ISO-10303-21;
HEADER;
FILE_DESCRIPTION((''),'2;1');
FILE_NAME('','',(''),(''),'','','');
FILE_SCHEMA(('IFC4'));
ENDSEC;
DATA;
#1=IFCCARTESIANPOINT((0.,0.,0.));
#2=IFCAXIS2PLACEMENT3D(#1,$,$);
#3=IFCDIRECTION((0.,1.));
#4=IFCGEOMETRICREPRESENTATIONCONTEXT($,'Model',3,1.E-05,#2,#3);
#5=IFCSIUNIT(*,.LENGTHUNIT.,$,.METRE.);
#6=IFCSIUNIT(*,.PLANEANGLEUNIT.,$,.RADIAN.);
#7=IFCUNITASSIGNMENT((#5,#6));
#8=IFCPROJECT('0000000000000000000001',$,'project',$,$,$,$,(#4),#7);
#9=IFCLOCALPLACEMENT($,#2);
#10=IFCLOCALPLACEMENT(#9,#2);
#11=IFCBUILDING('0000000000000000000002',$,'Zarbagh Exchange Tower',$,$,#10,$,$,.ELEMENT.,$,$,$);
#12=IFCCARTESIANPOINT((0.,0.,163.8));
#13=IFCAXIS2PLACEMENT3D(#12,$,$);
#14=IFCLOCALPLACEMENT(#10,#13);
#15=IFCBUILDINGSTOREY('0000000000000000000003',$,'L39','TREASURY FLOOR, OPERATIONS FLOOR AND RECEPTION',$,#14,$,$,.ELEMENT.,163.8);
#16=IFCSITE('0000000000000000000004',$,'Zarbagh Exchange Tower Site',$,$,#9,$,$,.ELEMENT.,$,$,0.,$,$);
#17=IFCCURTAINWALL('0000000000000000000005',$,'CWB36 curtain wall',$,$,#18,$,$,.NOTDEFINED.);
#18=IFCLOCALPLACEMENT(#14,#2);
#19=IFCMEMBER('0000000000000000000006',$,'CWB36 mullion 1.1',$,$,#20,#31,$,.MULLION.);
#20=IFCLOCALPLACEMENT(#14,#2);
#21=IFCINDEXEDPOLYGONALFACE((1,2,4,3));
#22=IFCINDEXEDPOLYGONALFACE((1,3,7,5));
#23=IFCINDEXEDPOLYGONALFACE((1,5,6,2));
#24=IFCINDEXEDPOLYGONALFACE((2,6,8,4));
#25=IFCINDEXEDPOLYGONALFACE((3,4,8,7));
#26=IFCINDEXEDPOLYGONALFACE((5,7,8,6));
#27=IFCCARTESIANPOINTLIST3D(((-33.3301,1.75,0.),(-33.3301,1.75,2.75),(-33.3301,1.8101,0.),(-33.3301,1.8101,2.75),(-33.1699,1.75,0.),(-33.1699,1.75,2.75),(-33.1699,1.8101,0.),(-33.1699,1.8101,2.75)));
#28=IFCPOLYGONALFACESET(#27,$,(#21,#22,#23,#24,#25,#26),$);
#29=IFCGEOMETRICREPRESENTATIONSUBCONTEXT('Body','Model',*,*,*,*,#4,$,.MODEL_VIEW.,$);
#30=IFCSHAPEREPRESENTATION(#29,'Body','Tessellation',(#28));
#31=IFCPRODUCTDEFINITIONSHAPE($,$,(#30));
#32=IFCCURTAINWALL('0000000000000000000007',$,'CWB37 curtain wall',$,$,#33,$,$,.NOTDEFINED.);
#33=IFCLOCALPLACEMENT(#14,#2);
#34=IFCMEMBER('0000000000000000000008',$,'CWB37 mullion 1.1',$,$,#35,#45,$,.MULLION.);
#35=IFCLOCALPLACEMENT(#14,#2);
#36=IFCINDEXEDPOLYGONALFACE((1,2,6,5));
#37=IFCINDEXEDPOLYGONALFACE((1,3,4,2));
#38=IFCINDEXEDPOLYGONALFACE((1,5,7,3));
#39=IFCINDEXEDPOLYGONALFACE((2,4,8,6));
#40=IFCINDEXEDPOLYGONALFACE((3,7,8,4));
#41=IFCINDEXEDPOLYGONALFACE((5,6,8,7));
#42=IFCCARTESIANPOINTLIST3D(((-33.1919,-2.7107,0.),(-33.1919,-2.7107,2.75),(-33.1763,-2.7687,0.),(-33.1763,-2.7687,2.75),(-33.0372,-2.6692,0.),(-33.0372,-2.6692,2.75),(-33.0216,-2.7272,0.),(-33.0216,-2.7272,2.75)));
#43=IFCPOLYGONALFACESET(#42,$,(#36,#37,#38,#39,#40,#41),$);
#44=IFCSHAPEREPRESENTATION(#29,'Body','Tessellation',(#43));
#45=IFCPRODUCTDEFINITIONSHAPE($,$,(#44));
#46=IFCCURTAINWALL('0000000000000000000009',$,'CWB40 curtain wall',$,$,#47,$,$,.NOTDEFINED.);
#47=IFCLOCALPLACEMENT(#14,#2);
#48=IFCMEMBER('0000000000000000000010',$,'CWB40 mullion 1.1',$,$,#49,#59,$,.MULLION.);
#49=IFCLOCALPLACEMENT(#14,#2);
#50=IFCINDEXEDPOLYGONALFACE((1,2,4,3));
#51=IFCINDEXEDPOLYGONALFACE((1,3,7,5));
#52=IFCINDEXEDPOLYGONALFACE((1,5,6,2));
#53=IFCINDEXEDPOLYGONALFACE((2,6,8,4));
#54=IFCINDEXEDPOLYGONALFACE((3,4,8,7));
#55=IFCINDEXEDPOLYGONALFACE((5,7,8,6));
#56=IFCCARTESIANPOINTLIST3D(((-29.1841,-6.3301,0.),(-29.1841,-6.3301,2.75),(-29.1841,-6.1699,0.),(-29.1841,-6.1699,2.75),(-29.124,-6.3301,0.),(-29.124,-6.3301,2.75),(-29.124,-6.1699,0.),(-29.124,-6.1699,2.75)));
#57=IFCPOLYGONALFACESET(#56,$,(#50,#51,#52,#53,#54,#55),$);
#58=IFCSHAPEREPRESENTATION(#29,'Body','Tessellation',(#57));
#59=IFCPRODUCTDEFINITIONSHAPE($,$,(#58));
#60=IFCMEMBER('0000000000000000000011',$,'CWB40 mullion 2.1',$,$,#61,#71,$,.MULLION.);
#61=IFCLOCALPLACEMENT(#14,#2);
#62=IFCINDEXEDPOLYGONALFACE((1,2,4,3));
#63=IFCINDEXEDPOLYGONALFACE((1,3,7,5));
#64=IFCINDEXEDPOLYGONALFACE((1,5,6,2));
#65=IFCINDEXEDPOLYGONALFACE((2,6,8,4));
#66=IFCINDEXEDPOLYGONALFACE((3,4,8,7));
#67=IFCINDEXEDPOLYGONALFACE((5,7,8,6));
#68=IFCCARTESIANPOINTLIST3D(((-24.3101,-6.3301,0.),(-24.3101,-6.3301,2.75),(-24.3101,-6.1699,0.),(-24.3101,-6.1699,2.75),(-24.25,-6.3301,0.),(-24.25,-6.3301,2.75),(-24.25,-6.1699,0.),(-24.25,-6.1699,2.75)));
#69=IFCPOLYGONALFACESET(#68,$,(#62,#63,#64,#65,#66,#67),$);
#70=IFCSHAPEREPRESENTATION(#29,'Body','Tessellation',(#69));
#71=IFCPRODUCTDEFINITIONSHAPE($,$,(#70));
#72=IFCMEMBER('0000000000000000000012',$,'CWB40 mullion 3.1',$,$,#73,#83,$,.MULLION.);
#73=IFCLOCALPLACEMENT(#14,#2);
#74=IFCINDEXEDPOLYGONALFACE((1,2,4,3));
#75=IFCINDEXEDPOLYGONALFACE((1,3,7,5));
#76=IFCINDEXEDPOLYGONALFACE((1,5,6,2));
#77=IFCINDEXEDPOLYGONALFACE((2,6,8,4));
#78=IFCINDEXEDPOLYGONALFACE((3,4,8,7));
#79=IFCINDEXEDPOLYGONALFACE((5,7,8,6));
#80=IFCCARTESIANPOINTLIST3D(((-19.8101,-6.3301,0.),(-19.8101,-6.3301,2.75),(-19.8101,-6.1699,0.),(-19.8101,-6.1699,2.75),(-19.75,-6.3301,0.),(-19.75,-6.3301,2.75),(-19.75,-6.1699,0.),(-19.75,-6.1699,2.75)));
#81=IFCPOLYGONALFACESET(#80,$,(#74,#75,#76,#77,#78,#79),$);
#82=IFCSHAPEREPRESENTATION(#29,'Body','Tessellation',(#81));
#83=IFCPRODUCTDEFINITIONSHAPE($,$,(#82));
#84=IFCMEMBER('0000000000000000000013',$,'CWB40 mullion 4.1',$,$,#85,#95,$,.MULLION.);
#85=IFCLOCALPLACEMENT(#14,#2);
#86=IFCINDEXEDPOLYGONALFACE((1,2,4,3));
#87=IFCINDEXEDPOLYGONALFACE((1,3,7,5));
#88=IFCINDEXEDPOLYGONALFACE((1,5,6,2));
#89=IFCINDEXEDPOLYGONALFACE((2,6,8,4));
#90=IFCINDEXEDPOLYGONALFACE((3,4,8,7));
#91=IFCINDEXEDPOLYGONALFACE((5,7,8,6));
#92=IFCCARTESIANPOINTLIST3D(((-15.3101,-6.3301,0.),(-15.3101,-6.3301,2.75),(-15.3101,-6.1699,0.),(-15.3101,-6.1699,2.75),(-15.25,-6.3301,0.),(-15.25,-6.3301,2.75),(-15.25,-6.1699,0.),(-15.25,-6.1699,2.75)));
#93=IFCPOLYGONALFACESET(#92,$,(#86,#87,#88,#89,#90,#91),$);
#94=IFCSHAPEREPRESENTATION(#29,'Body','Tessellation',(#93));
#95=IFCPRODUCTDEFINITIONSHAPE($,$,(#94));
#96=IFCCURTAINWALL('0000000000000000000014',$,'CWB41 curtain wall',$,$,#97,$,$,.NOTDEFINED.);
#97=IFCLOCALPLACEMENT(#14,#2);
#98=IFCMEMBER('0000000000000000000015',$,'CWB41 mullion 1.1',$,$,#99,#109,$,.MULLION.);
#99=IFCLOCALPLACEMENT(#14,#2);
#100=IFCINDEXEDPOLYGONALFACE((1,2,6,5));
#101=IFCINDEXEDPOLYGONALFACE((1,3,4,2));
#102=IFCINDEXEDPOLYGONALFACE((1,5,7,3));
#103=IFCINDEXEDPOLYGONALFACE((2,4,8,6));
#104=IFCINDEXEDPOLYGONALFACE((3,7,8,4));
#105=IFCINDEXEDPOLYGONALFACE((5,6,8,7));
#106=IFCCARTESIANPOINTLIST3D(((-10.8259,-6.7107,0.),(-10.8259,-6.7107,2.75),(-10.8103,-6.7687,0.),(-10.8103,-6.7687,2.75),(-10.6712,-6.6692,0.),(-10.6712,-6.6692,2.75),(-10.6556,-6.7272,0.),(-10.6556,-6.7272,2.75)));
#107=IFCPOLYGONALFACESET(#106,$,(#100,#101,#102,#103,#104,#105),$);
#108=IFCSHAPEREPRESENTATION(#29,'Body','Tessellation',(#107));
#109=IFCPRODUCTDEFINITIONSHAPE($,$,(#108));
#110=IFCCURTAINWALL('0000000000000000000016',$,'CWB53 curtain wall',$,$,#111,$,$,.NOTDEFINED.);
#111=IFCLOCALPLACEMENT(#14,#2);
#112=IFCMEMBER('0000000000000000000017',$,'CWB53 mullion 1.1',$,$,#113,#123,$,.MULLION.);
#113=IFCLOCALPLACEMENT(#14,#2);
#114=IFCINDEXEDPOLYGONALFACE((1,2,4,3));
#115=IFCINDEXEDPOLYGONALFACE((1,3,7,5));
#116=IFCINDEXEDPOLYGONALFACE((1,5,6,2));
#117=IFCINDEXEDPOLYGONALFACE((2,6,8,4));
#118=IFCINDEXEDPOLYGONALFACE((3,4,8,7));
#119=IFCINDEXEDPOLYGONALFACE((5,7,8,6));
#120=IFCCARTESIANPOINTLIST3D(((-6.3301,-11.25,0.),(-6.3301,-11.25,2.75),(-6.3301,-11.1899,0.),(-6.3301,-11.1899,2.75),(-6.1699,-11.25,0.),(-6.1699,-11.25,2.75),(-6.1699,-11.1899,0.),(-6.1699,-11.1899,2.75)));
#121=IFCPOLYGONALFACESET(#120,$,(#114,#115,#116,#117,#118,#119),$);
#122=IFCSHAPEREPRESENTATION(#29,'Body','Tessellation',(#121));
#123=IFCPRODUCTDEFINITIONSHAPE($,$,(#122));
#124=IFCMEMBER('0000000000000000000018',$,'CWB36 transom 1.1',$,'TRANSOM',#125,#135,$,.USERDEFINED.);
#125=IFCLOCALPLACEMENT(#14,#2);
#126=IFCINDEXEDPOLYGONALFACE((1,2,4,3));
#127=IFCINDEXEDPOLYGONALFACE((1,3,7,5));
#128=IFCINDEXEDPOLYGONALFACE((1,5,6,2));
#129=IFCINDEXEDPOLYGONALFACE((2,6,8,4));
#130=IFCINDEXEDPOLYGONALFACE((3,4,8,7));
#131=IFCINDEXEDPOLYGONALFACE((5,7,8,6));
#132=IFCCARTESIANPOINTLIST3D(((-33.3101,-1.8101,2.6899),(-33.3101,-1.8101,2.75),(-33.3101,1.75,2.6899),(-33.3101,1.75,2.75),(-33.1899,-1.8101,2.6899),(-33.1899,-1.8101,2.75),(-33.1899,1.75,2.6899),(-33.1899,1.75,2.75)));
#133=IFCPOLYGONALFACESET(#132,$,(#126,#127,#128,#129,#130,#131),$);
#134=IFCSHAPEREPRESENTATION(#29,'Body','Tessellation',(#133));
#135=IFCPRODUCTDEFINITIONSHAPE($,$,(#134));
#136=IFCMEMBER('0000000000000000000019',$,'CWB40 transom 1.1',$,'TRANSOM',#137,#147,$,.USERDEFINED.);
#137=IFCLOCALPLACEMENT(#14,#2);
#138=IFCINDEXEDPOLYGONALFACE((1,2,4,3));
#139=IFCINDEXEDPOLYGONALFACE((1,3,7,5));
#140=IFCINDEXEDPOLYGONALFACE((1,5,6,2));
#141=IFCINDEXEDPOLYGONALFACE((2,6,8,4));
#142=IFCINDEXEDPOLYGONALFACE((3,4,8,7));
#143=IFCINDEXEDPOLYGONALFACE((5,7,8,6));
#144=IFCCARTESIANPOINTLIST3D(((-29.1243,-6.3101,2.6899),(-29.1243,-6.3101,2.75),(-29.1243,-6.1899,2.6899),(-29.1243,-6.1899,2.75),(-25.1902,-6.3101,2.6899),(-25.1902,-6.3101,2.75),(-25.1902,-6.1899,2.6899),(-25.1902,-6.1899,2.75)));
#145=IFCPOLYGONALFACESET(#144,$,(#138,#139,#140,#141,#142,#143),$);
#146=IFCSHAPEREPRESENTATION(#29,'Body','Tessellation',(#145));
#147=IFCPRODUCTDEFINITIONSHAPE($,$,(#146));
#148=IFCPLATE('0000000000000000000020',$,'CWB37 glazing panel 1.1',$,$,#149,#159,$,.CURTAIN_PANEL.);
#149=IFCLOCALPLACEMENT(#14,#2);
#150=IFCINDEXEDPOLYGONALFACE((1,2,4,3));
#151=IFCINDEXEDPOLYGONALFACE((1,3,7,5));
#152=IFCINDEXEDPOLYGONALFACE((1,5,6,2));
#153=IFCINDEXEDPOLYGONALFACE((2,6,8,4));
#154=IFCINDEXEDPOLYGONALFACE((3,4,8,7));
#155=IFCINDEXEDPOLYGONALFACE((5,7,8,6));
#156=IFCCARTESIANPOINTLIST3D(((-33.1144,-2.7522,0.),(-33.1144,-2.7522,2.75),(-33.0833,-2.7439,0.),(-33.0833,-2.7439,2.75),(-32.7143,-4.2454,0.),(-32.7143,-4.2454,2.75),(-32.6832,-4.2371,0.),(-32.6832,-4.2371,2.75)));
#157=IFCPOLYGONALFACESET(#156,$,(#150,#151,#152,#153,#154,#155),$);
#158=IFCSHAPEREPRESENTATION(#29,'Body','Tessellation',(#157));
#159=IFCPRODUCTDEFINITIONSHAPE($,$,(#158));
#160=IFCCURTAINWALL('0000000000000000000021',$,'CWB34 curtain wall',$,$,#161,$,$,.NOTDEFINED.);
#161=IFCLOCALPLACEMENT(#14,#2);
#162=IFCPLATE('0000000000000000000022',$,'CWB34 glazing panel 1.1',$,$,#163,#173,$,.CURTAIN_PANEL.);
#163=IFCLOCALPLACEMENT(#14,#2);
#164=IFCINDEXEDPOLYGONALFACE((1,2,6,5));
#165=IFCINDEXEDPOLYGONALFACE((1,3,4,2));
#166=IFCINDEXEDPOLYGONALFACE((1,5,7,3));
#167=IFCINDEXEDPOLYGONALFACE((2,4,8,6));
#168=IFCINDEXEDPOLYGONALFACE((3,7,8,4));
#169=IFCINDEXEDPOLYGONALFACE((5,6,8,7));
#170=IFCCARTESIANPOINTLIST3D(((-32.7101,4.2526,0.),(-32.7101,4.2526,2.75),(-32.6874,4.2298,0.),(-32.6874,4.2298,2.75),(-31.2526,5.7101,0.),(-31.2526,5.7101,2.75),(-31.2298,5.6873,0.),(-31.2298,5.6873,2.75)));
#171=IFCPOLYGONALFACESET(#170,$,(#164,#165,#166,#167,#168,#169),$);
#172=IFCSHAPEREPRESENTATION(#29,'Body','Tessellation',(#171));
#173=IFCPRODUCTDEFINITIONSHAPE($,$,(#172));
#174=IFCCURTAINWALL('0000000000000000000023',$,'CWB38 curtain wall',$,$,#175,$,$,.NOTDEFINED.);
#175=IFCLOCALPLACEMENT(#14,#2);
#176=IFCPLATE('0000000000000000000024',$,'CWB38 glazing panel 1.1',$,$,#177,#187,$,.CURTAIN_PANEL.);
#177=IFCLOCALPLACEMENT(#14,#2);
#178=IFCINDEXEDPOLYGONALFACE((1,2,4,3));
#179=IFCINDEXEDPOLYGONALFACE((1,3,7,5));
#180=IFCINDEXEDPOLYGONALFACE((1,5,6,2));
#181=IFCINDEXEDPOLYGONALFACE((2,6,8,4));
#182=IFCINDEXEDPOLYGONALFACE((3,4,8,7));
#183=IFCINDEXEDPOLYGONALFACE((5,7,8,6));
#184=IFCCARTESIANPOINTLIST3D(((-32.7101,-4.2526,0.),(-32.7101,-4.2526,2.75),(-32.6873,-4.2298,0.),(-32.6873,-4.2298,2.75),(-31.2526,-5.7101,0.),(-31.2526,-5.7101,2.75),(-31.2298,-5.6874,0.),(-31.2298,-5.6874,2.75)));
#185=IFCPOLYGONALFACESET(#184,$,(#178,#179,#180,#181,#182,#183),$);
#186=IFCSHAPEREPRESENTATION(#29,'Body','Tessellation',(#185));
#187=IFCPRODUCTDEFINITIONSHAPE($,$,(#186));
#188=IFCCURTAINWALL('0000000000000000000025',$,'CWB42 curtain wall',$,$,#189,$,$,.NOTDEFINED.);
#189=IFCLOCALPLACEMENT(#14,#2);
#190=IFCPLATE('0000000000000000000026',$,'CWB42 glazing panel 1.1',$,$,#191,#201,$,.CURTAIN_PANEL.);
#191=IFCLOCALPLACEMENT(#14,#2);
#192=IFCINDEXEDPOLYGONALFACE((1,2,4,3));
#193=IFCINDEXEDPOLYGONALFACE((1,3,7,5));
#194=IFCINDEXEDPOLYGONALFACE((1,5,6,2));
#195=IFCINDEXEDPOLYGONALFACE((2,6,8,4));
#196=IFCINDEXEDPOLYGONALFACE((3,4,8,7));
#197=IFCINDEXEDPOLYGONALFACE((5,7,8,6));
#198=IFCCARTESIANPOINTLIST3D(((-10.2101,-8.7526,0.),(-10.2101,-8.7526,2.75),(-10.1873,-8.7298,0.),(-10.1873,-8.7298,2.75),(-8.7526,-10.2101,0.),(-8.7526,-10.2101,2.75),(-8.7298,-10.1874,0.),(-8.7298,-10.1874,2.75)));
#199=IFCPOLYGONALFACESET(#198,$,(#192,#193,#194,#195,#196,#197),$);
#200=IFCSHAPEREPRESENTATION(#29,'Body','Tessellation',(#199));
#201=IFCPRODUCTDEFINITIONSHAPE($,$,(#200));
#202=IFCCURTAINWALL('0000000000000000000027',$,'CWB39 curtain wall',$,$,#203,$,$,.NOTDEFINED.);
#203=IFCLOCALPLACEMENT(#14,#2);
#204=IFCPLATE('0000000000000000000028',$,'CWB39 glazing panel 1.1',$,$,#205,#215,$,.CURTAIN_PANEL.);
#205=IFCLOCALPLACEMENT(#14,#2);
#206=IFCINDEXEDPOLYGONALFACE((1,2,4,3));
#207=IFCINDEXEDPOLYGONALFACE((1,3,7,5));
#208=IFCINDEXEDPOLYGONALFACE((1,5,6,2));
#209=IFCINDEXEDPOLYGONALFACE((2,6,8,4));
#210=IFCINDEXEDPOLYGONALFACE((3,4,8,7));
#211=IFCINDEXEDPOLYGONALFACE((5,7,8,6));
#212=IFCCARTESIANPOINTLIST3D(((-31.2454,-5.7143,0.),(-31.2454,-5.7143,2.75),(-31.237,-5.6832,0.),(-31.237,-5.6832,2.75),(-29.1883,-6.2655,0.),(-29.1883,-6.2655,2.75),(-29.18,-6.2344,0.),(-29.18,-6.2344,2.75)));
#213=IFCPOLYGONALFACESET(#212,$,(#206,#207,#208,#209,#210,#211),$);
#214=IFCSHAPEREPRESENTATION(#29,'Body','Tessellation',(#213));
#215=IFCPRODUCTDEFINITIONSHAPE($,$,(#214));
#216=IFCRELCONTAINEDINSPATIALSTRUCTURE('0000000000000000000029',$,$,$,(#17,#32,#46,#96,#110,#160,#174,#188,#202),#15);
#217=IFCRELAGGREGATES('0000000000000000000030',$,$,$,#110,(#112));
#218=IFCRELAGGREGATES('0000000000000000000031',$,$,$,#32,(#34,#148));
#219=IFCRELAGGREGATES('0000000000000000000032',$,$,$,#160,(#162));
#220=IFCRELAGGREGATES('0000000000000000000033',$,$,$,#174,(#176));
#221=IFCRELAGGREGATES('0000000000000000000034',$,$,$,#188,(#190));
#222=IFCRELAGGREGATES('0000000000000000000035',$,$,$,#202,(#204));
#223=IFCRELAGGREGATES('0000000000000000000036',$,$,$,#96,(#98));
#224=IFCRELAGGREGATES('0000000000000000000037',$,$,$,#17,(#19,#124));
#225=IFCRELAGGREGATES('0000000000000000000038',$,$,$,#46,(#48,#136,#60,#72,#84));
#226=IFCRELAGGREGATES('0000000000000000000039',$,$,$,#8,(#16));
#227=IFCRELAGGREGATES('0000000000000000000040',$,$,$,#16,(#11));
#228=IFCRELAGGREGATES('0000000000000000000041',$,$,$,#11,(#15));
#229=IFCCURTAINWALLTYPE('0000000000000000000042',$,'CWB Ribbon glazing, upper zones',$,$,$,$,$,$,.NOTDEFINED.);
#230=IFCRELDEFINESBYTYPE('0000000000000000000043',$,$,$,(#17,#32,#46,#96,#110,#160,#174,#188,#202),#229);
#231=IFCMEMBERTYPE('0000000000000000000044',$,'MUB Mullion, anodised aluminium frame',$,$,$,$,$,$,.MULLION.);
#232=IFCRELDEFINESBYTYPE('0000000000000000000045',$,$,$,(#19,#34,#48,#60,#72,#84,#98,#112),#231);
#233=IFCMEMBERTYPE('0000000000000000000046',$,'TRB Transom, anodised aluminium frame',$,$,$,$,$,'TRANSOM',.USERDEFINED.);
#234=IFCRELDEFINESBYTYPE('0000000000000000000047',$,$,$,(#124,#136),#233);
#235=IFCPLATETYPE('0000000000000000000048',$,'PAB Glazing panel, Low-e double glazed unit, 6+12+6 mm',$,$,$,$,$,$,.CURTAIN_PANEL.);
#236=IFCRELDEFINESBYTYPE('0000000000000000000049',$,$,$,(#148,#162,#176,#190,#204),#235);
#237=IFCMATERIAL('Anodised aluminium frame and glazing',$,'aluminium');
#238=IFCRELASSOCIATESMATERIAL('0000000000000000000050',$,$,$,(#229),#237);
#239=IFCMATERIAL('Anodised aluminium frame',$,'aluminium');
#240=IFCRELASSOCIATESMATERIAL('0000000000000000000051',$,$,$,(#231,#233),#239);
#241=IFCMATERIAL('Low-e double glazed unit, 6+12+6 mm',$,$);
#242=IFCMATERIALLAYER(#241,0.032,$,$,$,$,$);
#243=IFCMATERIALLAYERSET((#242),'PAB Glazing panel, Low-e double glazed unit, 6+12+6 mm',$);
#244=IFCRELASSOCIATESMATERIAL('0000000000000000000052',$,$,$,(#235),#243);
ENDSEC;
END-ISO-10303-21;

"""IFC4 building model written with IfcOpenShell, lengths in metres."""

from ifc_helpers import new_model, si_unit, direction, frame, origin, place, context, subcontext, project, spatial, polyline, outline, extrude, source, transform, mapped, material, layer, layer_set, type_object, element, aggregate, save


model = new_model("IFC4")

# Units and contexts
model_context = context("Model", 3, precision=1e-05, world=origin(), true_north=direction((0.0, 1.0)))
body_context = subcontext(model_context, "Body", "Model", "MODEL_VIEW")
ifc_project = project(units=[si_unit("LENGTHUNIT", "METRE"), si_unit("PLANEANGLEUNIT", "RADIAN")], contexts=[model_context])

# Site, building, storey
site_placement = place(None, origin())
site = spatial("IfcSite", under=ifc_project, at=site_placement, Name="Zarbagh Exchange Tower Site", CompositionType="ELEMENT", RefElevation=0.0)
building_placement = place(site_placement, origin())
building = spatial("IfcBuilding", under=site, at=building_placement, Name="Zarbagh Exchange Tower", CompositionType="ELEMENT")
storey_placement = place(building_placement, frame((0.0, 0.0, 163.8)))
storey = spatial("IfcBuildingStorey", under=building, at=storey_placement, Name="L39", Description="TREASURY FLOOR, OPERATIONS FLOOR AND RECEPTION", CompositionType="ELEMENT", Elevation=163.8)

# Curtain walls, members
ifc_material_1 = material(Name="Anodised aluminium frame and glazing", Category="aluminium")
curtain_wall_type = type_object("IfcCurtainWallType", Name="CWB Ribbon glazing, upper zones", PredefinedType="NOTDEFINED", material=ifc_material_1)
curtain_wall_1_placement = place(storey_placement, origin())
curtain_wall_1 = element("IfcCurtainWall", 1, at=curtain_wall_1_placement, inside=storey, type_object=curtain_wall_type, Name="CWB36 curtain wall", PredefinedType="NOTDEFINED")
ifc_material_2 = material(Name="Anodised aluminium frame", Category="aluminium")
member_type_1 = type_object("IfcMemberType", Name="MUB Mullion, anodised aluminium frame", PredefinedType="MULLION", material=ifc_material_2)
shared_shape_1 = source(origin(), body_context, "Body", "SweptSolid", [
    extrude(outline(polyline([(0.0, -0.0801), (0.0601, -0.0801), (0.0601, 0.0801), (0.0, 0.0801), (0.0, -0.0801)])), origin(), (0.0, 0.0, 1.0), 2.75),
])
placement = place(storey_placement, origin())
member_1 = element("IfcMember", 2, at=placement, type_object=member_type_1, Name="CWB36 mullion 1.1", PredefinedType="MULLION", context=body_context, shape_type="MappedRepresentation", body=[
    mapped(shared_shape_1, transform((-33.25, 1.8101, 0.0), x_axis=(0.0, -1.0, 0.0), y_axis=(1.0, 0.0, 0.0), z_axis=(0.0, 0.0, 1.0))),
])
curtain_wall_2_placement = place(storey_placement, origin())
curtain_wall_2 = element("IfcCurtainWall", 3, at=curtain_wall_2_placement, inside=storey, type_object=curtain_wall_type, Name="CWB37 curtain wall", PredefinedType="NOTDEFINED")
member_2 = element("IfcMember", 4, at=placement, type_object=member_type_1, Name="CWB37 mullion 1.1", PredefinedType="MULLION", context=body_context, shape_type="MappedRepresentation", body=[
    mapped(shared_shape_1, transform((-33.1145, -2.6899, 0.0), x_axis=(0.258825, -0.965924, 0.0), y_axis=(0.965924, 0.258825, 0.0), z_axis=(0.0, 0.0, 1.0))),
])

# Curtain wall, members
curtain_wall_3_placement = place(storey_placement, origin())
curtain_wall_3 = element("IfcCurtainWall", 5, at=curtain_wall_3_placement, inside=storey, type_object=curtain_wall_type, Name="CWB40 curtain wall", PredefinedType="NOTDEFINED")
member_3 = element("IfcMember", 6, at=placement, type_object=member_type_1, Name="CWB40 mullion 1.1", PredefinedType="MULLION", context=body_context, shape_type="MappedRepresentation", body=[
    mapped(shared_shape_1, transform((-29.1841, -6.25, 0.0), x_axis=(1.0, 0.0, 0.0), y_axis=(0.0, 1.0, 0.0), z_axis=(0.0, 0.0, 1.0))),
])
member_4 = element("IfcMember", 7, at=placement, type_object=member_type_1, Name="CWB40 mullion 2.1", PredefinedType="MULLION", context=body_context, shape_type="MappedRepresentation", body=[
    mapped(shared_shape_1, transform((-24.3101, -6.25, 0.0), x_axis=(1.0, 0.0, 0.0), y_axis=(0.0, 1.0, 0.0), z_axis=(0.0, 0.0, 1.0))),
])
member_5 = element("IfcMember", 8, at=placement, type_object=member_type_1, Name="CWB40 mullion 3.1", PredefinedType="MULLION", context=body_context, shape_type="MappedRepresentation", body=[
    mapped(shared_shape_1, transform((-19.8101, -6.25, 0.0), x_axis=(1.0, 0.0, 0.0), y_axis=(0.0, 1.0, 0.0), z_axis=(0.0, 0.0, 1.0))),
])
member_6 = element("IfcMember", 9, at=placement, type_object=member_type_1, Name="CWB40 mullion 4.1", PredefinedType="MULLION", context=body_context, shape_type="MappedRepresentation", body=[
    mapped(shared_shape_1, transform((-15.3101, -6.25, 0.0), x_axis=(1.0, 0.0, 0.0), y_axis=(0.0, 1.0, 0.0), z_axis=(0.0, 0.0, 1.0))),
])

# Curtain walls, members
curtain_wall_4_placement = place(storey_placement, origin())
curtain_wall_4 = element("IfcCurtainWall", 10, at=curtain_wall_4_placement, inside=storey, type_object=curtain_wall_type, Name="CWB41 curtain wall", PredefinedType="NOTDEFINED")
member_7 = element("IfcMember", 11, at=placement, type_object=member_type_1, Name="CWB41 mullion 1.1", PredefinedType="MULLION", context=body_context, shape_type="MappedRepresentation", body=[
    mapped(shared_shape_1, transform((-10.7485, -6.6899, 0.0), x_axis=(0.258825, -0.965924, 0.0), y_axis=(0.965924, 0.258825, 0.0), z_axis=(0.0, 0.0, 1.0))),
])
curtain_wall_5_placement = place(storey_placement, origin())
curtain_wall_5 = element("IfcCurtainWall", 12, at=curtain_wall_5_placement, inside=storey, type_object=curtain_wall_type, Name="CWB53 curtain wall", PredefinedType="NOTDEFINED")
member_8 = element("IfcMember", 13, at=placement, type_object=member_type_1, Name="CWB53 mullion 1.1", PredefinedType="MULLION", context=body_context, shape_type="MappedRepresentation", body=[
    mapped(shared_shape_1, transform((-6.25, -11.1899, 0.0), x_axis=(0.0, -1.0, 0.0), y_axis=(1.0, 0.0, 0.0), z_axis=(0.0, 0.0, 1.0))),
])
aggregate(curtain_wall_5, [member_8])

# Members
member_type_2 = type_object("IfcMemberType", Name="TRB Transom, anodised aluminium frame", ElementType="TRANSOM", PredefinedType="USERDEFINED", material=ifc_material_2)
shared_shape_2 = source(origin(), body_context, "Body", "SweptSolid", [
    extrude(outline(polyline([(-0.0601, -0.0601), (0.0, -0.0601), (0.0, 0.0601), (-0.0601, 0.0601), (-0.0601, -0.0601)])), origin(), (0.0, 0.0, 1.0), 3.5601),
])
member_9 = element("IfcMember", 14, at=placement, type_object=member_type_2, Name="CWB36 transom 1.1", ObjectType="TRANSOM", PredefinedType="USERDEFINED", context=body_context, shape_type="MappedRepresentation", body=[
    mapped(shared_shape_2, transform((-33.25, 1.75, 2.75), x_axis=(0.0, 0.0, 1.0), y_axis=(-1.0, 0.0, 0.0), z_axis=(0.0, -1.0, 0.0))),
])
shared_shape_3 = source(origin(), body_context, "Body", "SweptSolid", [
    extrude(outline(polyline([(-0.0601, -0.0601), (0.0, -0.0601), (0.0, 0.0601), (-0.0601, 0.0601), (-0.0601, -0.0601)])), origin(), (0.0, 0.0, 1.0), 3.9341),
])
member_10 = element("IfcMember", 15, at=placement, type_object=member_type_2, Name="CWB40 transom 1.1", ObjectType="TRANSOM", PredefinedType="USERDEFINED", context=body_context, shape_type="MappedRepresentation", body=[
    mapped(shared_shape_3, transform((-29.1243, -6.25, 2.75), x_axis=(0.0, 0.0, 1.0), y_axis=(0.0, -1.0, 0.0), z_axis=(1.0, 0.0, 0.0))),
])

# Plate
ifc_material_3 = material(Name="Low-e double glazed unit, 6+12+6 mm")
ifc_layer = layer(ifc_material_3, 0.032)
ifc_layer_set = layer_set([ifc_layer], Name="PAB Glazing panel, Low-e double glazed unit, 6+12+6 mm")
plate_type = type_object("IfcPlateType", Name="PAB Glazing panel, Low-e double glazed unit, 6+12+6 mm", PredefinedType="CURTAIN_PANEL", material=ifc_layer_set)
shared_shape_4 = source(origin(), body_context, "Body", "SweptSolid", [
    extrude(outline(polyline([(0.0, -0.0161), (1.5459, -0.0161), (1.5459, 0.0161), (0.0, 0.0161), (0.0, -0.0161)])), origin(), (0.0, 0.0, 1.0), 2.75),
])
plate_1 = element("IfcPlate", 16, at=placement, type_object=plate_type, Name="CWB37 glazing panel 1.1", PredefinedType="CURTAIN_PANEL", context=body_context, shape_type="MappedRepresentation", body=[
    mapped(shared_shape_4, transform((-33.0989, -2.748, 0.0), x_axis=(0.258825, -0.965924, 0.0), y_axis=(0.965924, 0.258825, 0.0), z_axis=(0.0, 0.0, 1.0))),
])
aggregate(curtain_wall_2, [member_2, plate_1])

# Curtain walls, plates
curtain_wall_6_placement = place(storey_placement, origin())
curtain_wall_6 = element("IfcCurtainWall", 17, at=curtain_wall_6_placement, inside=storey, type_object=curtain_wall_type, Name="CWB34 curtain wall", PredefinedType="NOTDEFINED")
shared_shape_5 = source(origin(), body_context, "Body", "SweptSolid", [
    extrude(outline(polyline([(0.0, -0.0161), (2.0613, -0.0161), (2.0613, 0.0161), (0.0, 0.0161), (0.0, -0.0161)])), origin(), (0.0, 0.0, 1.0), 2.75),
])
plate_2 = element("IfcPlate", 18, at=placement, type_object=plate_type, Name="CWB34 glazing panel 1.1", PredefinedType="CURTAIN_PANEL", context=body_context, shape_type="MappedRepresentation", body=[
    mapped(shared_shape_5, transform((-31.2412, 5.6987, 0.0), x_axis=(-0.707107, -0.707107, 0.0), y_axis=(0.707107, -0.707107, 0.0), z_axis=(0.0, 0.0, 1.0))),
])
aggregate(curtain_wall_6, [plate_2])
curtain_wall_7_placement = place(storey_placement, origin())
curtain_wall_7 = element("IfcCurtainWall", 19, at=curtain_wall_7_placement, inside=storey, type_object=curtain_wall_type, Name="CWB38 curtain wall", PredefinedType="NOTDEFINED")
plate_3 = element("IfcPlate", 20, at=placement, type_object=plate_type, Name="CWB38 glazing panel 1.1", PredefinedType="CURTAIN_PANEL", context=body_context, shape_type="MappedRepresentation", body=[
    mapped(shared_shape_5, transform((-32.6987, -4.2412, 0.0), x_axis=(0.707107, -0.707107, 0.0), y_axis=(0.707107, 0.707107, 0.0), z_axis=(0.0, 0.0, 1.0))),
])
aggregate(curtain_wall_7, [plate_3])
curtain_wall_8_placement = place(storey_placement, origin())
curtain_wall_8 = element("IfcCurtainWall", 21, at=curtain_wall_8_placement, inside=storey, type_object=curtain_wall_type, Name="CWB42 curtain wall", PredefinedType="NOTDEFINED")
plate_4 = element("IfcPlate", 22, at=placement, type_object=plate_type, Name="CWB42 glazing panel 1.1", PredefinedType="CURTAIN_PANEL", context=body_context, shape_type="MappedRepresentation", body=[
    mapped(shared_shape_5, transform((-10.1987, -8.7412, 0.0), x_axis=(0.707107, -0.707107, 0.0), y_axis=(0.707107, 0.707107, 0.0), z_axis=(0.0, 0.0, 1.0))),
])
aggregate(curtain_wall_8, [plate_4])
curtain_wall_9_placement = place(storey_placement, origin())
curtain_wall_9 = element("IfcCurtainWall", 23, at=curtain_wall_9_placement, inside=storey, type_object=curtain_wall_type, Name="CWB39 curtain wall", PredefinedType="NOTDEFINED")
shared_shape_6 = source(origin(), body_context, "Body", "SweptSolid", [
    extrude(outline(polyline([(0.0, -0.0161), (2.1296, -0.0161), (2.1296, 0.0161), (0.0, 0.0161), (0.0, -0.0161)])), origin(), (0.0, 0.0, 1.0), 2.75),
])
plate_5 = element("IfcPlate", 24, at=placement, type_object=plate_type, Name="CWB39 glazing panel 1.1", PredefinedType="CURTAIN_PANEL", context=body_context, shape_type="MappedRepresentation", body=[
    mapped(shared_shape_6, transform((-31.2412, -5.6987, 0.0), x_axis=(0.965924, -0.258825, 0.0), y_axis=(0.258825, 0.965924, 0.0), z_axis=(0.0, 0.0, 1.0))),
])
aggregate(curtain_wall_9, [plate_5])

aggregate(curtain_wall_4, [member_7])

aggregate(curtain_wall_1, [member_1, member_9])
aggregate(curtain_wall_3, [member_3, member_10, member_4, member_5, member_6])

save(model, "model.ifc")
